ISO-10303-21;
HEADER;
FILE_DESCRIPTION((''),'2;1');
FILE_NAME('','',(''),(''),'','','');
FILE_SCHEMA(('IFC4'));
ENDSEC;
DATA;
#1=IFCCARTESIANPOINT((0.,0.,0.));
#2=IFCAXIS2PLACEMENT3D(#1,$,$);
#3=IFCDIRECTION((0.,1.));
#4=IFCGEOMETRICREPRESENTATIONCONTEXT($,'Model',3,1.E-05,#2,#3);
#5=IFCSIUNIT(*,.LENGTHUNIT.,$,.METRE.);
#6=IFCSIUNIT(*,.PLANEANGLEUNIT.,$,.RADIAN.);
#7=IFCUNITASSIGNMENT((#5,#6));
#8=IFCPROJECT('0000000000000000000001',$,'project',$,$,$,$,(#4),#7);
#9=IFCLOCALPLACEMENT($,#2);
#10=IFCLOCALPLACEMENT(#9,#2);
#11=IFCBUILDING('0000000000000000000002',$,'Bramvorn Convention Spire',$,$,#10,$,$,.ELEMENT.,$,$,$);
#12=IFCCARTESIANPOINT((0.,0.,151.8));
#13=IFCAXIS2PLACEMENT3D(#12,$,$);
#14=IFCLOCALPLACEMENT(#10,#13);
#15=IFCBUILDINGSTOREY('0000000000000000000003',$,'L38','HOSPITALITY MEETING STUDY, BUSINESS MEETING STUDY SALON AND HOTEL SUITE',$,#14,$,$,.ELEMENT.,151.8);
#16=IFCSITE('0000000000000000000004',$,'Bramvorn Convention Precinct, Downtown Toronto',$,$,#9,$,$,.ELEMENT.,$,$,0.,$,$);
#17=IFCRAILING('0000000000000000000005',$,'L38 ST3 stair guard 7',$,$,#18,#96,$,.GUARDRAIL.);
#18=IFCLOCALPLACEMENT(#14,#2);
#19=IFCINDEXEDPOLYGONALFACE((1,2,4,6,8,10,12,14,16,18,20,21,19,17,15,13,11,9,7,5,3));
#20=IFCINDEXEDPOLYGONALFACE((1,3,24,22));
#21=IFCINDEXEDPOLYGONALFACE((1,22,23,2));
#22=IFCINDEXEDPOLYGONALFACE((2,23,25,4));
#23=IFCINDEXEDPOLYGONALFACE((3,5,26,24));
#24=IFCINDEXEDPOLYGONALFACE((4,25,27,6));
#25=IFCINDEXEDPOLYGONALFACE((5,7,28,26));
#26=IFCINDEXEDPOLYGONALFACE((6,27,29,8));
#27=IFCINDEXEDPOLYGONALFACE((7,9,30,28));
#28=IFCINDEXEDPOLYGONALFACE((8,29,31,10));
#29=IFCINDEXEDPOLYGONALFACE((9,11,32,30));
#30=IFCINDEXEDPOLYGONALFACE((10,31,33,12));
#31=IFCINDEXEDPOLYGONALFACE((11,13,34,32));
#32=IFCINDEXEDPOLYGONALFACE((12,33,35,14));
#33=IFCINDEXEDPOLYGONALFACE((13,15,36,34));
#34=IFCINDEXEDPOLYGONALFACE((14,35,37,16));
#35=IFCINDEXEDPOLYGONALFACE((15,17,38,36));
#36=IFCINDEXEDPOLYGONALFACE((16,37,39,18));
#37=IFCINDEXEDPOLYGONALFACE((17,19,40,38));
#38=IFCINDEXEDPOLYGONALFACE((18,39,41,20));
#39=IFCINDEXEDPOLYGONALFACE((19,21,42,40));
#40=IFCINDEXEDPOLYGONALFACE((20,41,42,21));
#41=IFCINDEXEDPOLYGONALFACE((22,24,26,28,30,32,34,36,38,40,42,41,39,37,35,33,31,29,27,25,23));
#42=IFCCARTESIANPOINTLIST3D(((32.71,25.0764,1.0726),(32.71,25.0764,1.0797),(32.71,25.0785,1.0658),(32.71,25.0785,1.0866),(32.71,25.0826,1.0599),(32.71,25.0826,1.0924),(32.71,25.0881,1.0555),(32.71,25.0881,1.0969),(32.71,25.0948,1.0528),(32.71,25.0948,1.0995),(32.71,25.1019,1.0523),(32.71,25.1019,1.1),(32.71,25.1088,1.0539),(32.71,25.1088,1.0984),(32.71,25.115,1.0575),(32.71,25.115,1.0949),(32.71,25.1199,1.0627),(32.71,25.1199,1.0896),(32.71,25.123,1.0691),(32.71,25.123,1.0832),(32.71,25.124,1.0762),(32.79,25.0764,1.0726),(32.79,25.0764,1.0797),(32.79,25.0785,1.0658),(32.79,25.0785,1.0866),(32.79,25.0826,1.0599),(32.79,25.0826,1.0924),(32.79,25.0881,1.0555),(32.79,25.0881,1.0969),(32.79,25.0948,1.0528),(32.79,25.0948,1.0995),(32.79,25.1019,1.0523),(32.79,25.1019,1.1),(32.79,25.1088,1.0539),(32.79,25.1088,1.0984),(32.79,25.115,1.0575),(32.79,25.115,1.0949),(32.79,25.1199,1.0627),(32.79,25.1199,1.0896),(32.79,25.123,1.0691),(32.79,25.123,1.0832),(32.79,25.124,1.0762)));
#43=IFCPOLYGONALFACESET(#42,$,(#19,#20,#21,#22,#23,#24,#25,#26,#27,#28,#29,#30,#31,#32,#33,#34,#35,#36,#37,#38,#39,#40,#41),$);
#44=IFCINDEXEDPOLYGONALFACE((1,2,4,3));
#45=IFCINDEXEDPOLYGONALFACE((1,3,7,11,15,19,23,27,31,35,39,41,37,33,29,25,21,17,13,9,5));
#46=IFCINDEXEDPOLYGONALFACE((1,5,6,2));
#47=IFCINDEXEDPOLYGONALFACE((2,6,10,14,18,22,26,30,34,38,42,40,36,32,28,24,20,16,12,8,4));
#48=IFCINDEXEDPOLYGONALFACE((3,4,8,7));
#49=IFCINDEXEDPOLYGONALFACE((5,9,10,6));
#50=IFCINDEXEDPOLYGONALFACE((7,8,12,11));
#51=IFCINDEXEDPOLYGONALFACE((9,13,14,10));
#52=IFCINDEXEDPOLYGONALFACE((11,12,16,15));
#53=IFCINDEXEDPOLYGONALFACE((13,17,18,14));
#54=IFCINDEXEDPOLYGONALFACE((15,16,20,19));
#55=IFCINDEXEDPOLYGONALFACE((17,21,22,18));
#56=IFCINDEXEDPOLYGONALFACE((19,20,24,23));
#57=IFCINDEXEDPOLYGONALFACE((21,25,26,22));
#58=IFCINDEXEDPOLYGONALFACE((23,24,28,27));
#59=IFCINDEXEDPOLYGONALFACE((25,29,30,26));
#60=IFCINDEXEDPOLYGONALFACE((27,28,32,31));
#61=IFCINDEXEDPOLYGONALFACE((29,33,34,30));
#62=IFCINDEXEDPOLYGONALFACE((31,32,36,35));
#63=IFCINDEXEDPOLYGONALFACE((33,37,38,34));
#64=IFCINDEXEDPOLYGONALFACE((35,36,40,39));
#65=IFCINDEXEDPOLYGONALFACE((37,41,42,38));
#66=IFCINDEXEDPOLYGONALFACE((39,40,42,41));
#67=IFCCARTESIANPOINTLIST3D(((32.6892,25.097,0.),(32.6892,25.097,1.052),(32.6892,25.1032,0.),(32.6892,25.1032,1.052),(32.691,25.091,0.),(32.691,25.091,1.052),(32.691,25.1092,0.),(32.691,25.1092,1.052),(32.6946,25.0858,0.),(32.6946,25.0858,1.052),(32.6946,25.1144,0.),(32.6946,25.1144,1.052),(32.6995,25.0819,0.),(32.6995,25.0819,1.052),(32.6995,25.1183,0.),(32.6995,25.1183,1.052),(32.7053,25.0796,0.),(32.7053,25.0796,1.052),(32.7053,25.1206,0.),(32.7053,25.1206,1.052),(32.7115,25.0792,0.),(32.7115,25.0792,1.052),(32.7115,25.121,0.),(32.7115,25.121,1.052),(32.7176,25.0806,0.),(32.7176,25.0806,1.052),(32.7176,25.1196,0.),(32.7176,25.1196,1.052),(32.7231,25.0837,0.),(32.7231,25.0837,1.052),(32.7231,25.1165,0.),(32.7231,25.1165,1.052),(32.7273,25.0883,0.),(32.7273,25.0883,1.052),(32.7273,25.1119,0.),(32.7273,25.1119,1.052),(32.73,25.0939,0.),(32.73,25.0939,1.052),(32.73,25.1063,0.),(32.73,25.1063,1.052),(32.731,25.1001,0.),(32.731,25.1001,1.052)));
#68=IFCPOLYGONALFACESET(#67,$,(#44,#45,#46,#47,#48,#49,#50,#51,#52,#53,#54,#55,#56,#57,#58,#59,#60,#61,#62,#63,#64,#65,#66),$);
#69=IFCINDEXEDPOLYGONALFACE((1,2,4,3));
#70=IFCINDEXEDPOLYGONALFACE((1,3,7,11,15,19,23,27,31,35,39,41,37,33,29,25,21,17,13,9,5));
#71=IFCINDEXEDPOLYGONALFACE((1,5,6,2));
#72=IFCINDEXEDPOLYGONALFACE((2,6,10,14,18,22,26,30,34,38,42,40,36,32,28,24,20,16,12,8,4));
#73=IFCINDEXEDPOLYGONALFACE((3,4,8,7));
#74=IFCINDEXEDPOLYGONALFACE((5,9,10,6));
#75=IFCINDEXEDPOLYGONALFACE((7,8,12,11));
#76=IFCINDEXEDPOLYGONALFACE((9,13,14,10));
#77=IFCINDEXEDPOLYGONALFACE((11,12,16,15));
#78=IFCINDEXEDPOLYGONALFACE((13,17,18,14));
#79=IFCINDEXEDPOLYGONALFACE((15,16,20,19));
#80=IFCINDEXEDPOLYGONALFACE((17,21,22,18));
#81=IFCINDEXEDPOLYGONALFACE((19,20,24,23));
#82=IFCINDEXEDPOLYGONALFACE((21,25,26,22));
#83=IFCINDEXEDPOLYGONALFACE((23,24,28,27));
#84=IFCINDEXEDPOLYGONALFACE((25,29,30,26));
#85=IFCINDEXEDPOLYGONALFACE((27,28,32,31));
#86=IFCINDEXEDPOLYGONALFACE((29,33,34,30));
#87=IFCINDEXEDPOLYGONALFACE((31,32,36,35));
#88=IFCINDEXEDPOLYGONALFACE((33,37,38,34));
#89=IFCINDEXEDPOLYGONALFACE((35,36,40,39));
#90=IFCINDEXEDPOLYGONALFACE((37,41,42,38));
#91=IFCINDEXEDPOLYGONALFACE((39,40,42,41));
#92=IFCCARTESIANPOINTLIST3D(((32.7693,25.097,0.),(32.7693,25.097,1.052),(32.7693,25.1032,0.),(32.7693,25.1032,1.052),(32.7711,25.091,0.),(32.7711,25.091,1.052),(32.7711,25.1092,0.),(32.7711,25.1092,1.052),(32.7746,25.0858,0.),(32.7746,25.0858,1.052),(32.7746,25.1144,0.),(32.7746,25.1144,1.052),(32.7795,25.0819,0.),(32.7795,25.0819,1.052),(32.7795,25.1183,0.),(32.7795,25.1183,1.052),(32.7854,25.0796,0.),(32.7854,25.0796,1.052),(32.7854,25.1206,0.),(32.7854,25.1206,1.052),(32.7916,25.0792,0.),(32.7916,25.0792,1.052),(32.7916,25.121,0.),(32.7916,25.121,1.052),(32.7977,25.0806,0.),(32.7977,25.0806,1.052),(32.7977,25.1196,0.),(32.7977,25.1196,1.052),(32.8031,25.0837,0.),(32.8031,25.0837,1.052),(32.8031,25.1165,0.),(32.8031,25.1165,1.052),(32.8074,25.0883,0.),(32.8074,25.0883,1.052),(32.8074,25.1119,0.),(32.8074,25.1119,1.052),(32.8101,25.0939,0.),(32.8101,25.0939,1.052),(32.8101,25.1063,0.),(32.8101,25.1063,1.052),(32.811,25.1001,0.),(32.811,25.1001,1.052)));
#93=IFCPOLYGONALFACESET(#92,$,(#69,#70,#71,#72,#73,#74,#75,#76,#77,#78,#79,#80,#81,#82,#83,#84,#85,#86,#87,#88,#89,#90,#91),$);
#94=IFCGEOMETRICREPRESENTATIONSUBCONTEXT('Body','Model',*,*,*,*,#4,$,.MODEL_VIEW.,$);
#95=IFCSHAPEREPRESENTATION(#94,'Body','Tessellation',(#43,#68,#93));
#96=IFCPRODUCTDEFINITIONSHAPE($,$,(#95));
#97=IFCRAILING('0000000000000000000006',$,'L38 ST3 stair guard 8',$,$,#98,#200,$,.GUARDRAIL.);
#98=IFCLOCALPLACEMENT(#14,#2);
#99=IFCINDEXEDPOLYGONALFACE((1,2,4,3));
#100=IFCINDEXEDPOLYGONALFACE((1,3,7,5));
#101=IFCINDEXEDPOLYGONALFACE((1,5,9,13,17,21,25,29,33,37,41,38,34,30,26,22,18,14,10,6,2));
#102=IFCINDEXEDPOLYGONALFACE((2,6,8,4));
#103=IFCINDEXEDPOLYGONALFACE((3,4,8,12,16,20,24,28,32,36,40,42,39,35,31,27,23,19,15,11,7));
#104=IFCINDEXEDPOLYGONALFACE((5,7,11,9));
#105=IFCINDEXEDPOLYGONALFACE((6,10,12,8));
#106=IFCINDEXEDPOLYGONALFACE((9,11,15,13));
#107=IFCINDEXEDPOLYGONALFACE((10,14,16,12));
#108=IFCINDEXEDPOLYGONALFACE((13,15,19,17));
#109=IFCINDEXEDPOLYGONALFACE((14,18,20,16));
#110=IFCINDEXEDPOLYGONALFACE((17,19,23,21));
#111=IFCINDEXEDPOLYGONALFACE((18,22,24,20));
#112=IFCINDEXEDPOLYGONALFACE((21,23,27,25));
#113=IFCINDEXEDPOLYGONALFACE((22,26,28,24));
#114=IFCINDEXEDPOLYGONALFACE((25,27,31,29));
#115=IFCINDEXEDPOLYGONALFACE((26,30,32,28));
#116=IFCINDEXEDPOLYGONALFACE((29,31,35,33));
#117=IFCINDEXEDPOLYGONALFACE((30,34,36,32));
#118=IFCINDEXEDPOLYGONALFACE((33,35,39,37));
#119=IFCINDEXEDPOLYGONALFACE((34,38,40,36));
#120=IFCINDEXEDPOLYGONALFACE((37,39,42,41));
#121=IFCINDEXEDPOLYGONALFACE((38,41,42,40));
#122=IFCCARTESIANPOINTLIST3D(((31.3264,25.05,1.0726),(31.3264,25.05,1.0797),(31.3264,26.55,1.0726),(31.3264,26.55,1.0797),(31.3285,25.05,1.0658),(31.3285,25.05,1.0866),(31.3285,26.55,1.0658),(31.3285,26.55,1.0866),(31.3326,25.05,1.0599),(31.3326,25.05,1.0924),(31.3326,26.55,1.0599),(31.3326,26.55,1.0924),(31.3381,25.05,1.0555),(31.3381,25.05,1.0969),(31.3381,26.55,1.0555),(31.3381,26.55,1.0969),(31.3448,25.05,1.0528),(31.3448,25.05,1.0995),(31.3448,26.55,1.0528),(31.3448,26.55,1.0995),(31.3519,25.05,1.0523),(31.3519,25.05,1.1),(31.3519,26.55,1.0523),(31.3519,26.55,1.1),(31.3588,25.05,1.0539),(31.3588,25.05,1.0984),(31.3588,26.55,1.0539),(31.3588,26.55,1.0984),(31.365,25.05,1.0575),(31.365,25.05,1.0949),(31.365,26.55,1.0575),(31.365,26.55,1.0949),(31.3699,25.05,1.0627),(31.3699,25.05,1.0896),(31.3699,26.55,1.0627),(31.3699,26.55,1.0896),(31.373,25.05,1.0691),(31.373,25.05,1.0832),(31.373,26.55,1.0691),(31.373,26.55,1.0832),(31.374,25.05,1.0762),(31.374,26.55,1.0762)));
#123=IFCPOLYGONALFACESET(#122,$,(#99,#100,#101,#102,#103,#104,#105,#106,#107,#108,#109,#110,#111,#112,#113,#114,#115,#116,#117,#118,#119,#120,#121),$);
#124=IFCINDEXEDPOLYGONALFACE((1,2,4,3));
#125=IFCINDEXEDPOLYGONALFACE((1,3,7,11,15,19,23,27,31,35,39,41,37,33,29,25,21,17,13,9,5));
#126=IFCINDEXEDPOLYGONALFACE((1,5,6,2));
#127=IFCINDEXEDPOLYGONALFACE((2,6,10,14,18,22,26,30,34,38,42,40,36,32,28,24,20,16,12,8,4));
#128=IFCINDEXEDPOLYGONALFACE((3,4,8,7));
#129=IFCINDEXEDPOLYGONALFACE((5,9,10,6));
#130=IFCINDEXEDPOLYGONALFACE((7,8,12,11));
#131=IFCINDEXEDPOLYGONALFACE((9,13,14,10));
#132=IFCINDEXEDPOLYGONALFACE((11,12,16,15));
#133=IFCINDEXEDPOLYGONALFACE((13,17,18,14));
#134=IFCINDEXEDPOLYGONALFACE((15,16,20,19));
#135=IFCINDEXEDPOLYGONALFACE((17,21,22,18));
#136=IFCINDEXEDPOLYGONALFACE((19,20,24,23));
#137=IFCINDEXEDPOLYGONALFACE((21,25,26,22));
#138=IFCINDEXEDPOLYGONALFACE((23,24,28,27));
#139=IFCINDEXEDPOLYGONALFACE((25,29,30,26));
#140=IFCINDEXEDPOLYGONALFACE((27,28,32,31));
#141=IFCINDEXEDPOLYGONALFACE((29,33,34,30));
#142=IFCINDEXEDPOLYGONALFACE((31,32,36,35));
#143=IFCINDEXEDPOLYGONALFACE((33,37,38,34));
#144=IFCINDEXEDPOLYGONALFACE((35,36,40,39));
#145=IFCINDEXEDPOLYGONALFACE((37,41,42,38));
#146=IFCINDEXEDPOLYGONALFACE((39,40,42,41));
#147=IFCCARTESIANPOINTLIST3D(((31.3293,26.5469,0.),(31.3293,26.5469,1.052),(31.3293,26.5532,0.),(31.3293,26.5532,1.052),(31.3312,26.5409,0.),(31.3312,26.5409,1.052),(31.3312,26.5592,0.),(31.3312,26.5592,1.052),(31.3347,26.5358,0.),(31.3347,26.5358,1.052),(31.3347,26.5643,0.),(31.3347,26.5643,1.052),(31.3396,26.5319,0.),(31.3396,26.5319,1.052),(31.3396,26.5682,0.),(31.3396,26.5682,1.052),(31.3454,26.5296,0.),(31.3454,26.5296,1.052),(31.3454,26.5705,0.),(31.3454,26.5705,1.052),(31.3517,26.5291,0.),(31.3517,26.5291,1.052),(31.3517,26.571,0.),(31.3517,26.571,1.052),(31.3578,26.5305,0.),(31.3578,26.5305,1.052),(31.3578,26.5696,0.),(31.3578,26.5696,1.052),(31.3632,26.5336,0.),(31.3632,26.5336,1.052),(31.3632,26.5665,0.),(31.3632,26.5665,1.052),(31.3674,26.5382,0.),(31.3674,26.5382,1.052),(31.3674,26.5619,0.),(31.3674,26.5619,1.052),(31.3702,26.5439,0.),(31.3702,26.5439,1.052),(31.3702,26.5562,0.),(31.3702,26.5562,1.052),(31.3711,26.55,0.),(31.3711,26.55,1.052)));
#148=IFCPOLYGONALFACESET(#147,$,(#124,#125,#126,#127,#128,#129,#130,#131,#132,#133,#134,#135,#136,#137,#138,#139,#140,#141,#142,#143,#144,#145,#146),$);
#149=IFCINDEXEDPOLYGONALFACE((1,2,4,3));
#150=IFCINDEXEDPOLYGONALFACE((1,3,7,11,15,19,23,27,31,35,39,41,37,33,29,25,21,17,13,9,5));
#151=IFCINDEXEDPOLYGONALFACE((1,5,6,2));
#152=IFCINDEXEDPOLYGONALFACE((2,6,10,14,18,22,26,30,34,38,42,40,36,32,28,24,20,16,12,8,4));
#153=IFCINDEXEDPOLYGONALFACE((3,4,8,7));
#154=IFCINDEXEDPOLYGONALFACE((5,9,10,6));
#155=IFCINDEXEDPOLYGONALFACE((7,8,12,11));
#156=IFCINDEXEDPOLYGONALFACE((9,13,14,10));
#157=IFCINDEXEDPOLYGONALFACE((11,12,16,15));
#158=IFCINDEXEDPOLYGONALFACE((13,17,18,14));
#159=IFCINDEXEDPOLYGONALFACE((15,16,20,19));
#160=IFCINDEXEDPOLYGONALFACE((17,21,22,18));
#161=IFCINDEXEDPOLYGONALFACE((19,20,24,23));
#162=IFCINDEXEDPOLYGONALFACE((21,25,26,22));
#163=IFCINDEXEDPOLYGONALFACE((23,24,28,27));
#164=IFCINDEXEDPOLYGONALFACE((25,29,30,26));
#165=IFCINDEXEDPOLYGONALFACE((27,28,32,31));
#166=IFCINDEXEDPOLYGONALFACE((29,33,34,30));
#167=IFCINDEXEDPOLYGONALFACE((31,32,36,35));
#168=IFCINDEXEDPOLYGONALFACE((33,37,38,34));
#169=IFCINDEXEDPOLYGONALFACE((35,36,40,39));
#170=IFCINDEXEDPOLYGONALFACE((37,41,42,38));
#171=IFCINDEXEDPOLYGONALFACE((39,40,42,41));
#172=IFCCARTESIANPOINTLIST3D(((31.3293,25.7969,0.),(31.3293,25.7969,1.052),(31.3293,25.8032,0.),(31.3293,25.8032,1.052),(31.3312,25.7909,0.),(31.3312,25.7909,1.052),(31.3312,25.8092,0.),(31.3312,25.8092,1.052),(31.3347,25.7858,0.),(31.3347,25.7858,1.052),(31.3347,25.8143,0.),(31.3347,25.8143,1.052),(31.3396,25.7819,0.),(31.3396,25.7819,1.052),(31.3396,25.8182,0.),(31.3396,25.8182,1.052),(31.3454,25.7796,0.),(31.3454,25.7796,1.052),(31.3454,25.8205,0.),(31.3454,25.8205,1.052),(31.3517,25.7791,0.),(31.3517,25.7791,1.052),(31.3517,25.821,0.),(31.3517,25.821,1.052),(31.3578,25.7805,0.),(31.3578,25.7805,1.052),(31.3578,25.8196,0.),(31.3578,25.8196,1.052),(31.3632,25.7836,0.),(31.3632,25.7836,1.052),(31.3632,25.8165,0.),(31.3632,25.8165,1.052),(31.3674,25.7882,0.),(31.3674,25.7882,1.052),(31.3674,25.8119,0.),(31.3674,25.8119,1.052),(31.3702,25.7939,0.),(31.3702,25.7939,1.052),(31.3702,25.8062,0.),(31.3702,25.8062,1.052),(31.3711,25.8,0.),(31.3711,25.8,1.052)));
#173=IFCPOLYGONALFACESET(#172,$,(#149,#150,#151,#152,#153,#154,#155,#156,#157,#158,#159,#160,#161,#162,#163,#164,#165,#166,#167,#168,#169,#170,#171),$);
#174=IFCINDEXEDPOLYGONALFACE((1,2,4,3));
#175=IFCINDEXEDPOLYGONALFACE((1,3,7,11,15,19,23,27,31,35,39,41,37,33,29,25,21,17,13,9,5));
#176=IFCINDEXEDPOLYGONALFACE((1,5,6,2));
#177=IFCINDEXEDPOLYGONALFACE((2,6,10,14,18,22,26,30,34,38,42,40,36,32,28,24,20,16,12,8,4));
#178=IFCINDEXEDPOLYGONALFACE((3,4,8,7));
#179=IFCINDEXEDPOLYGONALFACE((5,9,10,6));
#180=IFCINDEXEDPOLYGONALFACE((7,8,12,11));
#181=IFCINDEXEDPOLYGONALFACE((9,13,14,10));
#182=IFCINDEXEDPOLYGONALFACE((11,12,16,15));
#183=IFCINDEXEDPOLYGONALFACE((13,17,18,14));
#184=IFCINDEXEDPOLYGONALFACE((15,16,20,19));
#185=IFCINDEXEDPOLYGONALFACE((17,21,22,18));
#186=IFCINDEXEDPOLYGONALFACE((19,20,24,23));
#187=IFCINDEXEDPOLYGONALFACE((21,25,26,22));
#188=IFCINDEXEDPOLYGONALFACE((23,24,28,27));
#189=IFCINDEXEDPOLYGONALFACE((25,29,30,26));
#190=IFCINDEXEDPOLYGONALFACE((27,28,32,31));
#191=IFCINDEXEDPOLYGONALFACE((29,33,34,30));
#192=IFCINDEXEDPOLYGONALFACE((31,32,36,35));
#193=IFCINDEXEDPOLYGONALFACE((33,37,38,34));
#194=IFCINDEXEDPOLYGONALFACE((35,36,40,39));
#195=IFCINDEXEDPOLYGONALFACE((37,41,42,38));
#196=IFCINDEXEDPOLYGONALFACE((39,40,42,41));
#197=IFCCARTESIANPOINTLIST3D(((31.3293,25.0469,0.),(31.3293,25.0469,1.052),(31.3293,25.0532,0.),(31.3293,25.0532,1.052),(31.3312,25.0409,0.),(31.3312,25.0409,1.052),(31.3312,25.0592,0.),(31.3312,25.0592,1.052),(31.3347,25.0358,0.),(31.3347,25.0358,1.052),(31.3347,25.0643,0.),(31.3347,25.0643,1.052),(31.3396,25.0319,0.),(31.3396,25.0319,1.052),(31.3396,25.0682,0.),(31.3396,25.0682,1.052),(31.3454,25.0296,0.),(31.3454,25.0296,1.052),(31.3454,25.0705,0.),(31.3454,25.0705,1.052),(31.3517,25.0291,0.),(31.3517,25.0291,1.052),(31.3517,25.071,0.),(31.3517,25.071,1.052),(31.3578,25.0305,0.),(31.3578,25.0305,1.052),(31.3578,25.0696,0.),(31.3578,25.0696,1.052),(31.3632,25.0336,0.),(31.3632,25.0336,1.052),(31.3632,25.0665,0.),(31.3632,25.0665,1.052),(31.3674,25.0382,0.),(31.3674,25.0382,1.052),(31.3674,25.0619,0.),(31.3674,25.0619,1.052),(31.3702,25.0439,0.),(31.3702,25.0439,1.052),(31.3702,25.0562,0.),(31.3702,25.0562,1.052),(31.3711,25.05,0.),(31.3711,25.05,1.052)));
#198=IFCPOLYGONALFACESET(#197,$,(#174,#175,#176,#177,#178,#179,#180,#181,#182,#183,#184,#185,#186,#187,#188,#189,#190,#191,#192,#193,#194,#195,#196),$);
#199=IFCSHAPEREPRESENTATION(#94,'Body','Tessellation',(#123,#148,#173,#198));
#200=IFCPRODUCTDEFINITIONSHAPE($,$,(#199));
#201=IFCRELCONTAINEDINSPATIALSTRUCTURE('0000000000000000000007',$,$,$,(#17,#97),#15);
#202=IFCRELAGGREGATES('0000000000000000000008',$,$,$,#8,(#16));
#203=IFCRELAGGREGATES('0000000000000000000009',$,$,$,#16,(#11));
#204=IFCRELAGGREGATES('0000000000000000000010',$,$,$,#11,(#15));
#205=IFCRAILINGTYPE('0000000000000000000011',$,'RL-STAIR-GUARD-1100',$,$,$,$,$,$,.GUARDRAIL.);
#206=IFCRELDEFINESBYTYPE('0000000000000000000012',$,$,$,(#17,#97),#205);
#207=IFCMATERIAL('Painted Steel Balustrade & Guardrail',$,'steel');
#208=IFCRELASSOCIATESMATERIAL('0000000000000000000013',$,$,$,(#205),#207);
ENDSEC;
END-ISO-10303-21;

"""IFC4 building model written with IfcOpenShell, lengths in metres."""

from ifc_helpers import new_model, si_unit, direction, frame, origin, origin_2d, place, context, subcontext, project, spatial, circle, extrude, material, type_object, element, save


model = new_model("IFC4")

# Units and contexts
model_context = context("Model", 3, precision=1e-05, world=origin(), true_north=direction((0.0, 1.0)))
body_context = subcontext(model_context, "Body", "Model", "MODEL_VIEW")
ifc_project = project(units=[si_unit("LENGTHUNIT", "METRE"), si_unit("PLANEANGLEUNIT", "RADIAN")], contexts=[model_context])

# Site, building, storey
site_placement = place(None, origin())
site = spatial("IfcSite", under=ifc_project, at=site_placement, Name="Bramvorn Convention Precinct, Downtown Toronto", CompositionType="ELEMENT", RefElevation=0.0)
building_placement = place(site_placement, origin())
building = spatial("IfcBuilding", under=site, at=building_placement, Name="Bramvorn Convention Spire", CompositionType="ELEMENT")
storey_placement = place(building_placement, frame((0.0, 0.0, 151.8)))
storey = spatial("IfcBuildingStorey", under=building, at=storey_placement, Name="L38", Description="HOSPITALITY MEETING STUDY, BUSINESS MEETING STUDY SALON AND HOTEL SUITE", CompositionType="ELEMENT", Elevation=151.8)

# Railings
ifc_material_1 = material(Name="Painted Steel Balustrade & Guardrail", Category="steel")
railing_type_1 = type_object("IfcRailingType", Name="RL-STAIR-GUARD-1100", PredefinedType="GUARDRAIL", material=ifc_material_1)
railing_1_placement = place(storey_placement, frame((32.71, 25.1001, 0.0)))
element("IfcRailing", 1, at=railing_1_placement, inside=storey, type_object=railing_type_1, Name="L38 ST3 stair guard 7", PredefinedType="GUARDRAIL", context=body_context, shape_type="SweptSolid", body=[
    extrude(circle(Radius=0.0239, at=origin_2d()), frame((0.0, 0.0, 1.0762), z_axis=(1.0, 0.0, 0.0), x_axis=(0.0, 1.0, 0.0)), (0.0, 0.0, 1.0), 0.0801),
    extrude(circle(Radius=0.021, at=origin_2d()), origin(), (0.0, 0.0, 1.0), 1.052),
    extrude(circle(Radius=0.021, at=origin_2d()), frame((0.0801, 0.0, 0.0)), (0.0, 0.0, 1.0), 1.052),
])
railing_2_placement = place(storey_placement, frame((31.3501, 26.55, 0.0)))
element("IfcRailing", 2, at=railing_2_placement, inside=storey, type_object=railing_type_1, Name="L38 ST3 stair guard 8", PredefinedType="GUARDRAIL", context=body_context, shape_type="SweptSolid", body=[
    extrude(circle(Radius=0.0239, at=origin_2d()), frame((0.0, 0.0, 1.0762), z_axis=(0.0, -1.0, 0.0), x_axis=(1.0, 0.0, 0.0)), (0.0, 0.0, 1.0), 1.5),
    extrude(circle(Radius=0.021, at=origin_2d()), origin(), (0.0, 0.0, 1.0), 1.052),
    extrude(circle(Radius=0.021, at=origin_2d()), frame((0.0, -0.75, 0.0)), (0.0, 0.0, 1.0), 1.052),
    extrude(circle(Radius=0.021, at=origin_2d()), frame((0.0, -1.5, 0.0)), (0.0, 0.0, 1.0), 1.052),
])

save(model, "model.ifc")
